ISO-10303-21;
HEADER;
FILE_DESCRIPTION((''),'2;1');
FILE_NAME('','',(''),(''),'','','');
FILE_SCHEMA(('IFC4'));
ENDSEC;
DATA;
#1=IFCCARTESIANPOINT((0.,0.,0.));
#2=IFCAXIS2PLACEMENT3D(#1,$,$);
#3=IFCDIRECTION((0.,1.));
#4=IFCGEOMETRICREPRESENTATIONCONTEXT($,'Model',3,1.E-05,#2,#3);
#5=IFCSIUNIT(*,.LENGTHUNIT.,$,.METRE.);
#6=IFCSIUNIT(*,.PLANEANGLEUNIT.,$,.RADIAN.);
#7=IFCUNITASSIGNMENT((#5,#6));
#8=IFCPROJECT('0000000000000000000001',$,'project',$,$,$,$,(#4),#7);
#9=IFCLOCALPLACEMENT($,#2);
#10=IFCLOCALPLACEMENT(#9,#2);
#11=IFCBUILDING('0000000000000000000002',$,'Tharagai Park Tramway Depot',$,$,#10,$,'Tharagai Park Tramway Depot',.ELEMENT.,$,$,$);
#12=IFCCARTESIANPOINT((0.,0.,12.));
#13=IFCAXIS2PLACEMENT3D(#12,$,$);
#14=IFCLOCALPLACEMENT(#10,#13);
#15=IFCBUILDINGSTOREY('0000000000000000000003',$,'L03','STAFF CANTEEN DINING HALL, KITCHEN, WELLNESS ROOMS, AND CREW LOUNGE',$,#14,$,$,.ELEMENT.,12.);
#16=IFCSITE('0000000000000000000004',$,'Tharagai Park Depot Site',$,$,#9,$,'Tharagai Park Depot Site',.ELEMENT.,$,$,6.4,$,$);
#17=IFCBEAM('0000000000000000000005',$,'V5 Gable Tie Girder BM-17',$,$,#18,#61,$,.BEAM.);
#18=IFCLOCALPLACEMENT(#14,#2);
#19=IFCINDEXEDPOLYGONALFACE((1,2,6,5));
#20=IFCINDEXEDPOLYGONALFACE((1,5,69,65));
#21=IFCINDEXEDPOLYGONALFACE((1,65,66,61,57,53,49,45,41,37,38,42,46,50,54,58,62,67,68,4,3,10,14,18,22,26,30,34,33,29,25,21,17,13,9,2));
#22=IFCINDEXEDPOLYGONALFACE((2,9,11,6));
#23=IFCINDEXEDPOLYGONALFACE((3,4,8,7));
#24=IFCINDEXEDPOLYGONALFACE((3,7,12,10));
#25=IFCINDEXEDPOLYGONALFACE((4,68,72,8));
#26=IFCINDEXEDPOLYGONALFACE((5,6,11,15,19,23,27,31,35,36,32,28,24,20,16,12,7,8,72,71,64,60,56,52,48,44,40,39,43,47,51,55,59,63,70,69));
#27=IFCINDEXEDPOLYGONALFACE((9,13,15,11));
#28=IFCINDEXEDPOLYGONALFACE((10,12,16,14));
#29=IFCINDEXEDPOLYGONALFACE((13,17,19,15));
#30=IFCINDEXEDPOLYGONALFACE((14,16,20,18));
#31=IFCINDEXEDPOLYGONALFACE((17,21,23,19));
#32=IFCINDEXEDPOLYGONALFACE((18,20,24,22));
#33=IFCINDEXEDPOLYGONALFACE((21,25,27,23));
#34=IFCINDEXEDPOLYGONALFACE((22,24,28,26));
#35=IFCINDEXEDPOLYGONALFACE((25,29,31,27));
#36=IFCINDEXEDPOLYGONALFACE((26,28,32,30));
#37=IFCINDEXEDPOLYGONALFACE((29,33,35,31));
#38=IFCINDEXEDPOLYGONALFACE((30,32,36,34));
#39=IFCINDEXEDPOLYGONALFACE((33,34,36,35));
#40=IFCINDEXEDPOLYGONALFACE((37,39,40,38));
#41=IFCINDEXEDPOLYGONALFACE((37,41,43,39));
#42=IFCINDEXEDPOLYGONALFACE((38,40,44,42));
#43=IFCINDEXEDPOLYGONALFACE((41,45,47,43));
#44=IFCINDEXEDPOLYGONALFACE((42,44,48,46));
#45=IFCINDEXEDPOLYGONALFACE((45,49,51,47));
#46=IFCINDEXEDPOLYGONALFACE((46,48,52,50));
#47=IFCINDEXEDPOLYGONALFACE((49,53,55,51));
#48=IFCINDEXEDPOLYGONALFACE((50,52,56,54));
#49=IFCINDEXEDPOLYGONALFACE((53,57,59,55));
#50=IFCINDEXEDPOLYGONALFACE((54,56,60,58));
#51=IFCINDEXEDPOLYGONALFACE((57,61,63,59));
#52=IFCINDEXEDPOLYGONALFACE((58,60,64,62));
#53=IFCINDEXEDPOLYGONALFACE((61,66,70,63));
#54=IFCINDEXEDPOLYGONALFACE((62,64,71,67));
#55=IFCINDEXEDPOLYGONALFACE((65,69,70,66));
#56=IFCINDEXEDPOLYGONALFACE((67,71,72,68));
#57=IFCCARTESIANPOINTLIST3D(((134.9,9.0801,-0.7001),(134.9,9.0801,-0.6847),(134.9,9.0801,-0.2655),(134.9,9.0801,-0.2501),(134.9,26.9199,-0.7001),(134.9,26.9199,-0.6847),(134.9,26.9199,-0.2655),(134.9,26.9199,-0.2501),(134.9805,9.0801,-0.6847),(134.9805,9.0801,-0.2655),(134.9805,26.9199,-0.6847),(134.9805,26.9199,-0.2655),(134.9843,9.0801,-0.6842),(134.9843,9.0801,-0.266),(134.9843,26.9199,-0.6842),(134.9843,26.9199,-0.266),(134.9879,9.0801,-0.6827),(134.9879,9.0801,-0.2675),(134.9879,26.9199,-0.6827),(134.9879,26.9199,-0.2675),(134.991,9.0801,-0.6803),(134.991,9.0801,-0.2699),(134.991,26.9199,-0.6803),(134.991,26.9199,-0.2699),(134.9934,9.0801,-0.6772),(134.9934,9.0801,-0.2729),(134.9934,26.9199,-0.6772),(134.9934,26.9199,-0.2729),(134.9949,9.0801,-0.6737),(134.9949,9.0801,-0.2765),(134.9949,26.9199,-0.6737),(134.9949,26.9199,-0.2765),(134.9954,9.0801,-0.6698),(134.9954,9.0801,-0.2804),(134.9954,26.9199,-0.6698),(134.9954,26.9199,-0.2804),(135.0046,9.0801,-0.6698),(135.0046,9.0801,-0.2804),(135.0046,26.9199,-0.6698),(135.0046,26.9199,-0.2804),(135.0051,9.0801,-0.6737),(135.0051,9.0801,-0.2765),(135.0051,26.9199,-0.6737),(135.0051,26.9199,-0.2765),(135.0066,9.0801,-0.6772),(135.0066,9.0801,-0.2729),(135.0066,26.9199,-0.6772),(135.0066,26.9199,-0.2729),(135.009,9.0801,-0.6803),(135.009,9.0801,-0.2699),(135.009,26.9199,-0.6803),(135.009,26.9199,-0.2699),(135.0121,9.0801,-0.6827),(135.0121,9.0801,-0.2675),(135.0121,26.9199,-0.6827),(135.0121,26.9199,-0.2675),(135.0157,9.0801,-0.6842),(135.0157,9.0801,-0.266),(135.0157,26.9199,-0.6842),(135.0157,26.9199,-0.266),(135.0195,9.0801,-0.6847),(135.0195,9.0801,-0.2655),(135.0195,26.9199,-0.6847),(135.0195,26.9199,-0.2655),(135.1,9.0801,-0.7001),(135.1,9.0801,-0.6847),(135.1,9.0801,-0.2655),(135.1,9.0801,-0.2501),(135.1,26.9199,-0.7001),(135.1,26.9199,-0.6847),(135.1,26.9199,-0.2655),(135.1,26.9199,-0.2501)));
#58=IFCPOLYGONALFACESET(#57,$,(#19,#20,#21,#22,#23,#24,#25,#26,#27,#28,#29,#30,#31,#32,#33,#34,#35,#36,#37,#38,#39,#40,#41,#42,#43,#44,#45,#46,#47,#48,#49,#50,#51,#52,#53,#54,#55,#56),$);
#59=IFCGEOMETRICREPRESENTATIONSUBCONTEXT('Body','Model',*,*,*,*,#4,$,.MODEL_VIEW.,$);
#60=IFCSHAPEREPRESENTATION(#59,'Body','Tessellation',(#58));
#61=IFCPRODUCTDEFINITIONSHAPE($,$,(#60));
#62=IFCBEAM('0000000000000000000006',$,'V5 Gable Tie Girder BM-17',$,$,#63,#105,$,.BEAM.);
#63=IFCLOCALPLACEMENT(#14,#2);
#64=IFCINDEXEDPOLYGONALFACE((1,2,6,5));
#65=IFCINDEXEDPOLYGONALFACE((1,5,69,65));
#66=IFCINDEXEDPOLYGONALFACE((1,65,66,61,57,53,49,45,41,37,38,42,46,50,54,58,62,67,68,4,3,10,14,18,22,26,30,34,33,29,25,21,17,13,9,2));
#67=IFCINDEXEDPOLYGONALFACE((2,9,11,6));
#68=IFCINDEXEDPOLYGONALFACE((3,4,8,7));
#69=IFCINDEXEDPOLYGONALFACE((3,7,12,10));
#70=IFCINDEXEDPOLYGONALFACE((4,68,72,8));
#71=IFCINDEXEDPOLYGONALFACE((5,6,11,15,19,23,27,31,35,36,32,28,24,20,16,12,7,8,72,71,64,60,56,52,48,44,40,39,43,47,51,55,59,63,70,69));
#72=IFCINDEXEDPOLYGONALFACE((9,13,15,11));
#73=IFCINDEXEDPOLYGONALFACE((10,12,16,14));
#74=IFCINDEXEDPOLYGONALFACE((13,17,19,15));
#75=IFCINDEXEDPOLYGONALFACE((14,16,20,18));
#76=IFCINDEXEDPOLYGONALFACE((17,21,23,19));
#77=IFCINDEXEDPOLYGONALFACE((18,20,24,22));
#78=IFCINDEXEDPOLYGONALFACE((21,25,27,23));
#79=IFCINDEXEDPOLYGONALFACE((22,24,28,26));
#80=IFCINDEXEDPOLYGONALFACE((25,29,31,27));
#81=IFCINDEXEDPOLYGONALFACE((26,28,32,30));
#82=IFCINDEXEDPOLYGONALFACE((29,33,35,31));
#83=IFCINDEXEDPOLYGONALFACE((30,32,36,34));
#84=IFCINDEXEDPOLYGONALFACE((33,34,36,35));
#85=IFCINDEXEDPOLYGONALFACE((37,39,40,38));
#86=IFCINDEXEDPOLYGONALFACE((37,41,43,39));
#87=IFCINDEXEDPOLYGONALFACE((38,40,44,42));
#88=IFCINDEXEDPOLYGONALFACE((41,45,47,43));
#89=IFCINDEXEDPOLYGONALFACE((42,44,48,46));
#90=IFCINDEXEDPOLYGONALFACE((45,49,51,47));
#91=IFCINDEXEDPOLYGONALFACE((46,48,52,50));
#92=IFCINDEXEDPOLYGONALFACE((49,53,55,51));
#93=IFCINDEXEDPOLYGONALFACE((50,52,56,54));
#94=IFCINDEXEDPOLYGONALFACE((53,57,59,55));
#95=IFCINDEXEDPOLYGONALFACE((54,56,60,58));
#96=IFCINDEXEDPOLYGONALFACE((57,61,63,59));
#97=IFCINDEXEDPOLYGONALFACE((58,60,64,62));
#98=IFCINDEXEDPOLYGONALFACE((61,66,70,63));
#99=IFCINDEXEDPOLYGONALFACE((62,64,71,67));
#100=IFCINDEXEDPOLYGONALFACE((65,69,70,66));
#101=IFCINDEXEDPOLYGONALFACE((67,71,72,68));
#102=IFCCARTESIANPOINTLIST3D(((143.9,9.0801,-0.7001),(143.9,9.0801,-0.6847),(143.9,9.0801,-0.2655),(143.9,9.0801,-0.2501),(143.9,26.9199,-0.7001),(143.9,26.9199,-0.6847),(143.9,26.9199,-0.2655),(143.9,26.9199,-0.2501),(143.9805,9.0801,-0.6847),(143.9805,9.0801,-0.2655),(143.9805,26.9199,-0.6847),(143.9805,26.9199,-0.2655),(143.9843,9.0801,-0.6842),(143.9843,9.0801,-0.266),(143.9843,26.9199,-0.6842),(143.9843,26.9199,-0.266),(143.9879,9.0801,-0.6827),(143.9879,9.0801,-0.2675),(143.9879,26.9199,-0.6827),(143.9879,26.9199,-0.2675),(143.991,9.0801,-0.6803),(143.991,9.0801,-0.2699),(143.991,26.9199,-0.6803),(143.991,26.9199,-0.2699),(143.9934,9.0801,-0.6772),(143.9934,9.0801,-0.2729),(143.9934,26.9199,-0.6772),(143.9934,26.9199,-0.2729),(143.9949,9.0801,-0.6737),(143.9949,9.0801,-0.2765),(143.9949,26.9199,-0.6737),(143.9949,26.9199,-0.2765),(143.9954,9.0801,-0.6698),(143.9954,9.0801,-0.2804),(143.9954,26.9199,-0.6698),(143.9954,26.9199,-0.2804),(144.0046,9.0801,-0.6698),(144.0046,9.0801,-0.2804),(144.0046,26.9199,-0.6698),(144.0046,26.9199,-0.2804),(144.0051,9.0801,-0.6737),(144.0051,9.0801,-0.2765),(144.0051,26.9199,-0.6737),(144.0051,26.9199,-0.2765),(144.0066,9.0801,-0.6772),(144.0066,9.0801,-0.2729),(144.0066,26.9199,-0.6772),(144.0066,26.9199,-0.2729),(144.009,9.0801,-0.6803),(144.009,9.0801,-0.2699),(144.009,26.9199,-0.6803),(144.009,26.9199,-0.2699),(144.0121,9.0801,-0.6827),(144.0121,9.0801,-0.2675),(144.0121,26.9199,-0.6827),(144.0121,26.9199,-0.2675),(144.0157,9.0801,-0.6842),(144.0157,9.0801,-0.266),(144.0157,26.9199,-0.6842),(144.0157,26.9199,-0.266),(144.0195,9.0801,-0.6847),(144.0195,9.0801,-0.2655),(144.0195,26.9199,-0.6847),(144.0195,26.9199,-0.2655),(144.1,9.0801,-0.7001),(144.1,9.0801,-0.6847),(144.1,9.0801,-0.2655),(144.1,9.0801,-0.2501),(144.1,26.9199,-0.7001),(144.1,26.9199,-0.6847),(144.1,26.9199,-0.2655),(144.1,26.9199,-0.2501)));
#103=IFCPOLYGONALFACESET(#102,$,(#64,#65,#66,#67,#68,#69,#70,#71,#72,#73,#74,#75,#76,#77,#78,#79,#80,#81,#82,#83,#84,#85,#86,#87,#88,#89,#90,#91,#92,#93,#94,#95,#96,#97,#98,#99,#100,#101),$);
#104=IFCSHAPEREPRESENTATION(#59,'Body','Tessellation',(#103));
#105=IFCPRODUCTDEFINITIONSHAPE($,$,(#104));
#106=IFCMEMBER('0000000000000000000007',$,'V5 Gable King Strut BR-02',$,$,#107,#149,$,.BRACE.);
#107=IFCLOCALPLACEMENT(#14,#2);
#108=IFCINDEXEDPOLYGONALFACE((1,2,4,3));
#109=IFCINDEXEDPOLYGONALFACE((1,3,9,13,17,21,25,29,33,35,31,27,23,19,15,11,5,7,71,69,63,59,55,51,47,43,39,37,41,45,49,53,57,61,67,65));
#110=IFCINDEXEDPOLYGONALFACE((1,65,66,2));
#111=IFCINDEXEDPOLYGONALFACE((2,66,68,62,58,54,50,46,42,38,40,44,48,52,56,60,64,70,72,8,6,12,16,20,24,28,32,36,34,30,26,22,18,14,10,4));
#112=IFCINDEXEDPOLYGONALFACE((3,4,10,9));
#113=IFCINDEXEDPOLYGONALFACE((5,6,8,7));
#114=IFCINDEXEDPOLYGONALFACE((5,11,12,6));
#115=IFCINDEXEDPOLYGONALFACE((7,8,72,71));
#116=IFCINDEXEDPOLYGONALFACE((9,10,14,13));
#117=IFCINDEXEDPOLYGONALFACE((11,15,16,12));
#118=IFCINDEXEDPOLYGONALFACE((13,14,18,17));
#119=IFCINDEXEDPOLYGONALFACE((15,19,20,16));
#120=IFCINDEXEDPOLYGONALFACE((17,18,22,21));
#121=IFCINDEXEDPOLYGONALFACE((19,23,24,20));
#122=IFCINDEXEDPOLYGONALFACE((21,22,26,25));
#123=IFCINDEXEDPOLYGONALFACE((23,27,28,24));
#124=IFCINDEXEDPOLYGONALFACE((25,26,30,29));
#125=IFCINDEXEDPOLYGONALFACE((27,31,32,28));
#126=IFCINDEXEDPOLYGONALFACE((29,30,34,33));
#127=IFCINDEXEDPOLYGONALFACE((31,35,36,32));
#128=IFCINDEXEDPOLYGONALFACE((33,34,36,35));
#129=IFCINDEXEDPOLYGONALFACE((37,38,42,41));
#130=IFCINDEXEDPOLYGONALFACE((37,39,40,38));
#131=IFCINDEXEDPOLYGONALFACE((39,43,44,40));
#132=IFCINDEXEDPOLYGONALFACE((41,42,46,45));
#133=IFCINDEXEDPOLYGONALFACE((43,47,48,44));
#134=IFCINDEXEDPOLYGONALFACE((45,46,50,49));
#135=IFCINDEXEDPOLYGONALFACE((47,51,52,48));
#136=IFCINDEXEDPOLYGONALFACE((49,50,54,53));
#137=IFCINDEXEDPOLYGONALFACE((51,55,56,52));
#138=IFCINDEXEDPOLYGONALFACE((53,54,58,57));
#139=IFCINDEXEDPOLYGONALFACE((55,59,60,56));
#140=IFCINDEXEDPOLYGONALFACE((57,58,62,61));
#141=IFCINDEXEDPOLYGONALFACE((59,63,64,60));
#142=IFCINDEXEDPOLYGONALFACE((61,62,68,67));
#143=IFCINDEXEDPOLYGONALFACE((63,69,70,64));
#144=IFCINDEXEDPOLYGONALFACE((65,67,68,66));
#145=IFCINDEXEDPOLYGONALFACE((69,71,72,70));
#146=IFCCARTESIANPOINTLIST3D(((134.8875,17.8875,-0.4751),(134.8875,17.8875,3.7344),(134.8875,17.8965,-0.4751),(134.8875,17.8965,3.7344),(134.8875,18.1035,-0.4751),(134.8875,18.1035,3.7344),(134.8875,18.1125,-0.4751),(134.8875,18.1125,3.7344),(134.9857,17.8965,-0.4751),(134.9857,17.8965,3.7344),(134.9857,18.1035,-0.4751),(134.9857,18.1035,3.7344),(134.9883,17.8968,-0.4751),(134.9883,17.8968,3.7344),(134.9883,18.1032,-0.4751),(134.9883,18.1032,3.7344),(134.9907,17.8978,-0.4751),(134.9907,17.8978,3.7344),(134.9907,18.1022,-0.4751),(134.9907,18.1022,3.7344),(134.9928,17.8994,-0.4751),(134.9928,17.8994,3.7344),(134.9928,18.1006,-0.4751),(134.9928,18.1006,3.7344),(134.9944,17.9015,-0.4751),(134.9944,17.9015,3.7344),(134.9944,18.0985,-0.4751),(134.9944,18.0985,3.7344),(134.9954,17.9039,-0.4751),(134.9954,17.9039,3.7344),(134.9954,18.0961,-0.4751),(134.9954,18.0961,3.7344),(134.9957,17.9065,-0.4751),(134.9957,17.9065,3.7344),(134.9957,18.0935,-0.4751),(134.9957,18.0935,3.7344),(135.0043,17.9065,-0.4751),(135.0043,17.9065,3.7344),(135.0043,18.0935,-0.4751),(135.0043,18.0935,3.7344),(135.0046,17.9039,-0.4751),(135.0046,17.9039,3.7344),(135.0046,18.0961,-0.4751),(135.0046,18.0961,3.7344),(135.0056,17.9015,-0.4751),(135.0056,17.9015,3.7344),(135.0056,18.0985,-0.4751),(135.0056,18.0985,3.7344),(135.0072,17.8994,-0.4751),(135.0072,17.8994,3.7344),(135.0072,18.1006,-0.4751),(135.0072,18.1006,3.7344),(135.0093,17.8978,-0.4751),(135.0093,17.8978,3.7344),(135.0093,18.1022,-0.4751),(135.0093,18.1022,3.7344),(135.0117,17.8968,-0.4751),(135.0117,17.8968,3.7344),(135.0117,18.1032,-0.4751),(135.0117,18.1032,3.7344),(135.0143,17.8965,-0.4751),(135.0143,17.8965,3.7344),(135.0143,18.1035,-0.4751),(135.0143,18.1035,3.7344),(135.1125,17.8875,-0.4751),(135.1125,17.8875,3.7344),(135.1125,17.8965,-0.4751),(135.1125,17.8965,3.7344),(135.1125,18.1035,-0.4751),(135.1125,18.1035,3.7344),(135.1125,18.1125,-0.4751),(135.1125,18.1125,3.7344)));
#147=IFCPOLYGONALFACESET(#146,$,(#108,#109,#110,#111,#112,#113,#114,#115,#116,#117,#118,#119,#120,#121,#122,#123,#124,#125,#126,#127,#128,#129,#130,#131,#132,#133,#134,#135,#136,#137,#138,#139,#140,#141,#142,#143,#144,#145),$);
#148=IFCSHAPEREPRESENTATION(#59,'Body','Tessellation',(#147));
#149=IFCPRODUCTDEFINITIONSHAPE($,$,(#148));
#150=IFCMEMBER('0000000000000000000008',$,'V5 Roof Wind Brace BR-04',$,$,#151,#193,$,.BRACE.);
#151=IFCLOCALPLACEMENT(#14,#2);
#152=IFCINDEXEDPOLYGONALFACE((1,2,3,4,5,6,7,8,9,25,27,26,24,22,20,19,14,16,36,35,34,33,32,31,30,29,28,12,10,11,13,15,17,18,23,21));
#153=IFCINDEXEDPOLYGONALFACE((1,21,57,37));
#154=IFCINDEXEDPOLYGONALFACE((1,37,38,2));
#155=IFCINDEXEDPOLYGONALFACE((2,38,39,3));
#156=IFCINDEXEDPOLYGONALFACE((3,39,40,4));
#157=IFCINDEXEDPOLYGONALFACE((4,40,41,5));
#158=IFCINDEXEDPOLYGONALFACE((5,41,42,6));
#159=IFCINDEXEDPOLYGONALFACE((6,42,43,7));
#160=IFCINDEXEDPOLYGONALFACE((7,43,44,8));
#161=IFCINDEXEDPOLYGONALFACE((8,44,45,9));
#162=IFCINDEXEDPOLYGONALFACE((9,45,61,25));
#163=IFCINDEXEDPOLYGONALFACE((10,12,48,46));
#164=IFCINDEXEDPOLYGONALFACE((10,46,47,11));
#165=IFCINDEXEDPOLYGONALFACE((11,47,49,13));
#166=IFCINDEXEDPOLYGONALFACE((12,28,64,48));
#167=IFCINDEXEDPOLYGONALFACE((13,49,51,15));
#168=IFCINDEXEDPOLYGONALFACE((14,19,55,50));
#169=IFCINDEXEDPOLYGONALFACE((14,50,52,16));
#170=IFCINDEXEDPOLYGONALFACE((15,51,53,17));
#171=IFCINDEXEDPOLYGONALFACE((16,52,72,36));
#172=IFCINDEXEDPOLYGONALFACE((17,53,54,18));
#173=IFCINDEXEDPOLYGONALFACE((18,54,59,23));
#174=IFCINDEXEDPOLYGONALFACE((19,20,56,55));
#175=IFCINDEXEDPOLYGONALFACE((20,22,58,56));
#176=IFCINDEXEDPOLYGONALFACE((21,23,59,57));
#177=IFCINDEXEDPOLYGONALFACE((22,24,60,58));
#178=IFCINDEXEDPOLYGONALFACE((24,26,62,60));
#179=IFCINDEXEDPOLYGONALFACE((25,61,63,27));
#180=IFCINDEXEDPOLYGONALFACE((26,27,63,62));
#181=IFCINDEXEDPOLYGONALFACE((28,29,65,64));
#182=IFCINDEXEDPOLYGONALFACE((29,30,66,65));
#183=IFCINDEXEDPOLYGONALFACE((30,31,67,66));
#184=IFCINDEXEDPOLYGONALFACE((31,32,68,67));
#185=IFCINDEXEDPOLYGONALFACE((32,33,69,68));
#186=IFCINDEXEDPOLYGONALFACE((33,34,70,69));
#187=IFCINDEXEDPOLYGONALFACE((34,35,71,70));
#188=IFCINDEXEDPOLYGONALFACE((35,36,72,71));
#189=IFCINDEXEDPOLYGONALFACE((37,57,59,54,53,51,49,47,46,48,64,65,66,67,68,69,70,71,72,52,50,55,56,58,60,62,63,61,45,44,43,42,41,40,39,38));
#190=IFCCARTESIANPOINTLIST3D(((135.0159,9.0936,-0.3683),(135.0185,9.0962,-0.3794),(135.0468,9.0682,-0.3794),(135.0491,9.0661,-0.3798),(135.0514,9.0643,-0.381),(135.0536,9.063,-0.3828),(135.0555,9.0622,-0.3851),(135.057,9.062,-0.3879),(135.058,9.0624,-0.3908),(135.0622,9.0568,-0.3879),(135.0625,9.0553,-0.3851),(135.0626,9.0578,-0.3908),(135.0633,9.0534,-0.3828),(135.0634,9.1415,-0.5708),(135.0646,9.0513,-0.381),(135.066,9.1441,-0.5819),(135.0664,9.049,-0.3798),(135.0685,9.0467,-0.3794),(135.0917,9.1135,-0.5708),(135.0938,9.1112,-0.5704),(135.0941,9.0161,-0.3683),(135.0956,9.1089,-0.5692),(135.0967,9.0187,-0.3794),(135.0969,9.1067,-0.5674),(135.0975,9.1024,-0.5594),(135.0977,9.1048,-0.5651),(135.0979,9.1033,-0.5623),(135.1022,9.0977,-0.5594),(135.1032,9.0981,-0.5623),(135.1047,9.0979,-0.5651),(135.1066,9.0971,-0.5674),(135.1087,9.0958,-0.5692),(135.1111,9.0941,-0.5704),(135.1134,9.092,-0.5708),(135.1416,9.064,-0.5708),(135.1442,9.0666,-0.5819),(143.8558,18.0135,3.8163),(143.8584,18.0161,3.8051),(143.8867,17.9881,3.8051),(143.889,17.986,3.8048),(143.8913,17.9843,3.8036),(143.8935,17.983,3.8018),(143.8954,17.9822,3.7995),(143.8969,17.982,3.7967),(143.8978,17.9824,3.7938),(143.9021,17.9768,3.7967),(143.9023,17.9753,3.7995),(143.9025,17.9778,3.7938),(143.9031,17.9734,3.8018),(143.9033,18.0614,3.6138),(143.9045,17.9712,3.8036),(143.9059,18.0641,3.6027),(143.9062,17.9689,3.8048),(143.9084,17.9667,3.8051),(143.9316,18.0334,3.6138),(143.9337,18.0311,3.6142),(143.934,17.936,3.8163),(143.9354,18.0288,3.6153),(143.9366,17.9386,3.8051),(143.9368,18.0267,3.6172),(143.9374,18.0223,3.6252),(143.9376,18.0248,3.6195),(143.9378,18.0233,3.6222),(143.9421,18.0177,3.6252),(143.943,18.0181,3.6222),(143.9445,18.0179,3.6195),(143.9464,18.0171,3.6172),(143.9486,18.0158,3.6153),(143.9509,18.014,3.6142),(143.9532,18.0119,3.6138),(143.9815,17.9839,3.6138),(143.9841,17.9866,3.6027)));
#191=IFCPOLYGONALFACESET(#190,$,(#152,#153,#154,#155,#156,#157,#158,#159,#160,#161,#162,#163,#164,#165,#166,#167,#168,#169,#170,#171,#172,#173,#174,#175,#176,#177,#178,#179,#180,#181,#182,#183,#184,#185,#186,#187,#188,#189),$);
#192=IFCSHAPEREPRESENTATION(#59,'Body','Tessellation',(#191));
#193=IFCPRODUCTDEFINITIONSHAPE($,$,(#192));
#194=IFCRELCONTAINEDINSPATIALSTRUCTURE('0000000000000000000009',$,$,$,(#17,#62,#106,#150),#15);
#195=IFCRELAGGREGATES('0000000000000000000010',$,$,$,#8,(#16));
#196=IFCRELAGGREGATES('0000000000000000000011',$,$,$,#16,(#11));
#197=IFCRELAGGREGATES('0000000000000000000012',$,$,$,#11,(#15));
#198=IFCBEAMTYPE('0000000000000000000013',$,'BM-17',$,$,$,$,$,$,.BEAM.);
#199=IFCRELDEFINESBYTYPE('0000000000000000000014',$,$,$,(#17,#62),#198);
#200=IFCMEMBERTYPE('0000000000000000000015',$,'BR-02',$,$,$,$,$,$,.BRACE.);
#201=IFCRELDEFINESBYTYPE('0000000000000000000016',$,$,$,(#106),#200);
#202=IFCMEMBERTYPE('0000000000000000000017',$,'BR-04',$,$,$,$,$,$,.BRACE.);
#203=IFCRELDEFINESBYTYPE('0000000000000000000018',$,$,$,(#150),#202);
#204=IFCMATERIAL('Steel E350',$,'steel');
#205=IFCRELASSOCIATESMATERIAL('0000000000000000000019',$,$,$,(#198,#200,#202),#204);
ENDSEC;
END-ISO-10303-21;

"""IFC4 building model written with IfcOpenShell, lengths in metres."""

from ifc_helpers import new_model, si_unit, direction, frame, origin, origin_2d, place, context, subcontext, project, spatial, i_section, extrude, material, material_profile, profile_set, type_object, element, save


model = new_model("IFC4")

# Units and contexts
model_context = context("Model", 3, precision=1e-05, world=origin(), true_north=direction((0.0, 1.0)))
body_context = subcontext(model_context, "Body", "Model", "MODEL_VIEW")
ifc_project = project(units=[si_unit("LENGTHUNIT", "METRE"), si_unit("PLANEANGLEUNIT", "RADIAN")], contexts=[model_context])

# Site, building, storey
site_placement = place(None, origin())
site = spatial("IfcSite", under=ifc_project, at=site_placement, Name="Tharagai Park Depot Site", LongName="Tharagai Park Depot Site", CompositionType="ELEMENT", RefElevation=6.4)
building_placement = place(site_placement, origin())
building = spatial("IfcBuilding", under=site, at=building_placement, Name="Tharagai Park Tramway Depot", LongName="Tharagai Park Tramway Depot", CompositionType="ELEMENT")
storey_placement = place(building_placement, frame((0.0, 0.0, 12.0)))
storey = spatial("IfcBuildingStorey", under=building, at=storey_placement, Name="L03", Description="STAFF CANTEEN DINING HALL, KITCHEN, WELLNESS ROOMS, AND CREW LOUNGE", CompositionType="ELEMENT", Elevation=12.0)

# Beams
ifc_material_1 = material(Name="Steel E350", Category="steel")
ifc_material_profile_1 = material_profile(ifc_material_1, i_section(OverallWidth=0.2, OverallDepth=0.45, WebThickness=0.0093, FlangeThickness=0.0154, FilletRadius=0.0149, at=origin_2d()), Name="ISWB 450")
ifc_profile_set_1 = profile_set([ifc_material_profile_1], Name="Steel E350")
beam_type_1 = type_object("IfcBeamType", Name="BM-17", PredefinedType="BEAM", material=ifc_profile_set_1)
for number, where, z_axis, x_axis, name in (
    (1, (135.0, 9.0801, -0.4751), (0.0, 1.0, 0.0), (-1.0, 0.0, 0.0), "V5 Gable Tie Girder BM-17"),
    (2, (144.0, 9.0801, -0.4751), (0.0, 1.0, 0.0), (-1.0, 0.0, 0.0), "V5 Gable Tie Girder BM-17"),
):
    element("IfcBeam", number, at=place(storey_placement, frame(where, z_axis=z_axis, x_axis=x_axis)), inside=storey, type_object=beam_type_1, Name=name, PredefinedType="BEAM", context=body_context, shape_type="SweptSolid", body=[
        extrude(i_section(OverallWidth=0.2, OverallDepth=0.45, WebThickness=0.0093, FlangeThickness=0.0154, FilletRadius=0.0149, at=origin_2d()), origin(), (0.0, 0.0, 1.0), 17.8398),
    ])

# Members
ifc_material_profile_2 = material_profile(ifc_material_1, i_section(OverallWidth=0.2251, OverallDepth=0.2251, WebThickness=0.0085, FlangeThickness=0.009, FilletRadius=0.01, at=origin_2d()), Name="ISHB 225")
ifc_profile_set_2 = profile_set([ifc_material_profile_2], Name="Steel E350")
member_type_1 = type_object("IfcMemberType", Name="BR-02", PredefinedType="BRACE", material=ifc_profile_set_2)
member_1_placement = place(storey_placement, frame((135.0, 18.0, -0.4751), z_axis=(0.0, 0.0, 1.0), x_axis=(1.0, 0.0, 0.0)))
element("IfcMember", 3, at=member_1_placement, inside=storey, type_object=member_type_1, Name="V5 Gable King Strut BR-02", PredefinedType="BRACE", context=body_context, shape_type="SweptSolid", body=[
    extrude(i_section(OverallWidth=0.2251, OverallDepth=0.2251, WebThickness=0.0085, FlangeThickness=0.009, FilletRadius=0.01, at=origin_2d()), origin(), (0.0, 0.0, 1.0), 4.2095),
])
ifc_material_profile_3 = material_profile(ifc_material_1, i_section(OverallWidth=0.1101, OverallDepth=0.2251, WebThickness=0.0066, FlangeThickness=0.0117, FilletRadius=0.012, at=origin_2d()), Name="ISMB 225")
ifc_profile_set_3 = profile_set([ifc_material_profile_3], Name="Steel E350")
member_type_2 = type_object("IfcMemberType", Name="BR-04", PredefinedType="BRACE", material=ifc_profile_set_3)
for number, where, z_axis, x_axis, name in (
    (4, (135.0801, 9.0801, -0.4751), (0.667813, 0.673862, 0.316127), (-0.710288, 0.703911, 0.0), "V5 Roof Wind Brace BR-04"),
):
    element("IfcMember", number, at=place(storey_placement, frame(where, z_axis=z_axis, x_axis=x_axis)), inside=storey, type_object=member_type_2, Name=name, PredefinedType="BRACE", context=body_context, shape_type="SweptSolid", body=[
        extrude(i_section(OverallWidth=0.1101, OverallDepth=0.2251, WebThickness=0.0066, FlangeThickness=0.0117, FilletRadius=0.012, at=origin_2d()), origin(), (0.0, 0.0, 1.0), 13.2371),
    ])

save(model, "model.ifc")
